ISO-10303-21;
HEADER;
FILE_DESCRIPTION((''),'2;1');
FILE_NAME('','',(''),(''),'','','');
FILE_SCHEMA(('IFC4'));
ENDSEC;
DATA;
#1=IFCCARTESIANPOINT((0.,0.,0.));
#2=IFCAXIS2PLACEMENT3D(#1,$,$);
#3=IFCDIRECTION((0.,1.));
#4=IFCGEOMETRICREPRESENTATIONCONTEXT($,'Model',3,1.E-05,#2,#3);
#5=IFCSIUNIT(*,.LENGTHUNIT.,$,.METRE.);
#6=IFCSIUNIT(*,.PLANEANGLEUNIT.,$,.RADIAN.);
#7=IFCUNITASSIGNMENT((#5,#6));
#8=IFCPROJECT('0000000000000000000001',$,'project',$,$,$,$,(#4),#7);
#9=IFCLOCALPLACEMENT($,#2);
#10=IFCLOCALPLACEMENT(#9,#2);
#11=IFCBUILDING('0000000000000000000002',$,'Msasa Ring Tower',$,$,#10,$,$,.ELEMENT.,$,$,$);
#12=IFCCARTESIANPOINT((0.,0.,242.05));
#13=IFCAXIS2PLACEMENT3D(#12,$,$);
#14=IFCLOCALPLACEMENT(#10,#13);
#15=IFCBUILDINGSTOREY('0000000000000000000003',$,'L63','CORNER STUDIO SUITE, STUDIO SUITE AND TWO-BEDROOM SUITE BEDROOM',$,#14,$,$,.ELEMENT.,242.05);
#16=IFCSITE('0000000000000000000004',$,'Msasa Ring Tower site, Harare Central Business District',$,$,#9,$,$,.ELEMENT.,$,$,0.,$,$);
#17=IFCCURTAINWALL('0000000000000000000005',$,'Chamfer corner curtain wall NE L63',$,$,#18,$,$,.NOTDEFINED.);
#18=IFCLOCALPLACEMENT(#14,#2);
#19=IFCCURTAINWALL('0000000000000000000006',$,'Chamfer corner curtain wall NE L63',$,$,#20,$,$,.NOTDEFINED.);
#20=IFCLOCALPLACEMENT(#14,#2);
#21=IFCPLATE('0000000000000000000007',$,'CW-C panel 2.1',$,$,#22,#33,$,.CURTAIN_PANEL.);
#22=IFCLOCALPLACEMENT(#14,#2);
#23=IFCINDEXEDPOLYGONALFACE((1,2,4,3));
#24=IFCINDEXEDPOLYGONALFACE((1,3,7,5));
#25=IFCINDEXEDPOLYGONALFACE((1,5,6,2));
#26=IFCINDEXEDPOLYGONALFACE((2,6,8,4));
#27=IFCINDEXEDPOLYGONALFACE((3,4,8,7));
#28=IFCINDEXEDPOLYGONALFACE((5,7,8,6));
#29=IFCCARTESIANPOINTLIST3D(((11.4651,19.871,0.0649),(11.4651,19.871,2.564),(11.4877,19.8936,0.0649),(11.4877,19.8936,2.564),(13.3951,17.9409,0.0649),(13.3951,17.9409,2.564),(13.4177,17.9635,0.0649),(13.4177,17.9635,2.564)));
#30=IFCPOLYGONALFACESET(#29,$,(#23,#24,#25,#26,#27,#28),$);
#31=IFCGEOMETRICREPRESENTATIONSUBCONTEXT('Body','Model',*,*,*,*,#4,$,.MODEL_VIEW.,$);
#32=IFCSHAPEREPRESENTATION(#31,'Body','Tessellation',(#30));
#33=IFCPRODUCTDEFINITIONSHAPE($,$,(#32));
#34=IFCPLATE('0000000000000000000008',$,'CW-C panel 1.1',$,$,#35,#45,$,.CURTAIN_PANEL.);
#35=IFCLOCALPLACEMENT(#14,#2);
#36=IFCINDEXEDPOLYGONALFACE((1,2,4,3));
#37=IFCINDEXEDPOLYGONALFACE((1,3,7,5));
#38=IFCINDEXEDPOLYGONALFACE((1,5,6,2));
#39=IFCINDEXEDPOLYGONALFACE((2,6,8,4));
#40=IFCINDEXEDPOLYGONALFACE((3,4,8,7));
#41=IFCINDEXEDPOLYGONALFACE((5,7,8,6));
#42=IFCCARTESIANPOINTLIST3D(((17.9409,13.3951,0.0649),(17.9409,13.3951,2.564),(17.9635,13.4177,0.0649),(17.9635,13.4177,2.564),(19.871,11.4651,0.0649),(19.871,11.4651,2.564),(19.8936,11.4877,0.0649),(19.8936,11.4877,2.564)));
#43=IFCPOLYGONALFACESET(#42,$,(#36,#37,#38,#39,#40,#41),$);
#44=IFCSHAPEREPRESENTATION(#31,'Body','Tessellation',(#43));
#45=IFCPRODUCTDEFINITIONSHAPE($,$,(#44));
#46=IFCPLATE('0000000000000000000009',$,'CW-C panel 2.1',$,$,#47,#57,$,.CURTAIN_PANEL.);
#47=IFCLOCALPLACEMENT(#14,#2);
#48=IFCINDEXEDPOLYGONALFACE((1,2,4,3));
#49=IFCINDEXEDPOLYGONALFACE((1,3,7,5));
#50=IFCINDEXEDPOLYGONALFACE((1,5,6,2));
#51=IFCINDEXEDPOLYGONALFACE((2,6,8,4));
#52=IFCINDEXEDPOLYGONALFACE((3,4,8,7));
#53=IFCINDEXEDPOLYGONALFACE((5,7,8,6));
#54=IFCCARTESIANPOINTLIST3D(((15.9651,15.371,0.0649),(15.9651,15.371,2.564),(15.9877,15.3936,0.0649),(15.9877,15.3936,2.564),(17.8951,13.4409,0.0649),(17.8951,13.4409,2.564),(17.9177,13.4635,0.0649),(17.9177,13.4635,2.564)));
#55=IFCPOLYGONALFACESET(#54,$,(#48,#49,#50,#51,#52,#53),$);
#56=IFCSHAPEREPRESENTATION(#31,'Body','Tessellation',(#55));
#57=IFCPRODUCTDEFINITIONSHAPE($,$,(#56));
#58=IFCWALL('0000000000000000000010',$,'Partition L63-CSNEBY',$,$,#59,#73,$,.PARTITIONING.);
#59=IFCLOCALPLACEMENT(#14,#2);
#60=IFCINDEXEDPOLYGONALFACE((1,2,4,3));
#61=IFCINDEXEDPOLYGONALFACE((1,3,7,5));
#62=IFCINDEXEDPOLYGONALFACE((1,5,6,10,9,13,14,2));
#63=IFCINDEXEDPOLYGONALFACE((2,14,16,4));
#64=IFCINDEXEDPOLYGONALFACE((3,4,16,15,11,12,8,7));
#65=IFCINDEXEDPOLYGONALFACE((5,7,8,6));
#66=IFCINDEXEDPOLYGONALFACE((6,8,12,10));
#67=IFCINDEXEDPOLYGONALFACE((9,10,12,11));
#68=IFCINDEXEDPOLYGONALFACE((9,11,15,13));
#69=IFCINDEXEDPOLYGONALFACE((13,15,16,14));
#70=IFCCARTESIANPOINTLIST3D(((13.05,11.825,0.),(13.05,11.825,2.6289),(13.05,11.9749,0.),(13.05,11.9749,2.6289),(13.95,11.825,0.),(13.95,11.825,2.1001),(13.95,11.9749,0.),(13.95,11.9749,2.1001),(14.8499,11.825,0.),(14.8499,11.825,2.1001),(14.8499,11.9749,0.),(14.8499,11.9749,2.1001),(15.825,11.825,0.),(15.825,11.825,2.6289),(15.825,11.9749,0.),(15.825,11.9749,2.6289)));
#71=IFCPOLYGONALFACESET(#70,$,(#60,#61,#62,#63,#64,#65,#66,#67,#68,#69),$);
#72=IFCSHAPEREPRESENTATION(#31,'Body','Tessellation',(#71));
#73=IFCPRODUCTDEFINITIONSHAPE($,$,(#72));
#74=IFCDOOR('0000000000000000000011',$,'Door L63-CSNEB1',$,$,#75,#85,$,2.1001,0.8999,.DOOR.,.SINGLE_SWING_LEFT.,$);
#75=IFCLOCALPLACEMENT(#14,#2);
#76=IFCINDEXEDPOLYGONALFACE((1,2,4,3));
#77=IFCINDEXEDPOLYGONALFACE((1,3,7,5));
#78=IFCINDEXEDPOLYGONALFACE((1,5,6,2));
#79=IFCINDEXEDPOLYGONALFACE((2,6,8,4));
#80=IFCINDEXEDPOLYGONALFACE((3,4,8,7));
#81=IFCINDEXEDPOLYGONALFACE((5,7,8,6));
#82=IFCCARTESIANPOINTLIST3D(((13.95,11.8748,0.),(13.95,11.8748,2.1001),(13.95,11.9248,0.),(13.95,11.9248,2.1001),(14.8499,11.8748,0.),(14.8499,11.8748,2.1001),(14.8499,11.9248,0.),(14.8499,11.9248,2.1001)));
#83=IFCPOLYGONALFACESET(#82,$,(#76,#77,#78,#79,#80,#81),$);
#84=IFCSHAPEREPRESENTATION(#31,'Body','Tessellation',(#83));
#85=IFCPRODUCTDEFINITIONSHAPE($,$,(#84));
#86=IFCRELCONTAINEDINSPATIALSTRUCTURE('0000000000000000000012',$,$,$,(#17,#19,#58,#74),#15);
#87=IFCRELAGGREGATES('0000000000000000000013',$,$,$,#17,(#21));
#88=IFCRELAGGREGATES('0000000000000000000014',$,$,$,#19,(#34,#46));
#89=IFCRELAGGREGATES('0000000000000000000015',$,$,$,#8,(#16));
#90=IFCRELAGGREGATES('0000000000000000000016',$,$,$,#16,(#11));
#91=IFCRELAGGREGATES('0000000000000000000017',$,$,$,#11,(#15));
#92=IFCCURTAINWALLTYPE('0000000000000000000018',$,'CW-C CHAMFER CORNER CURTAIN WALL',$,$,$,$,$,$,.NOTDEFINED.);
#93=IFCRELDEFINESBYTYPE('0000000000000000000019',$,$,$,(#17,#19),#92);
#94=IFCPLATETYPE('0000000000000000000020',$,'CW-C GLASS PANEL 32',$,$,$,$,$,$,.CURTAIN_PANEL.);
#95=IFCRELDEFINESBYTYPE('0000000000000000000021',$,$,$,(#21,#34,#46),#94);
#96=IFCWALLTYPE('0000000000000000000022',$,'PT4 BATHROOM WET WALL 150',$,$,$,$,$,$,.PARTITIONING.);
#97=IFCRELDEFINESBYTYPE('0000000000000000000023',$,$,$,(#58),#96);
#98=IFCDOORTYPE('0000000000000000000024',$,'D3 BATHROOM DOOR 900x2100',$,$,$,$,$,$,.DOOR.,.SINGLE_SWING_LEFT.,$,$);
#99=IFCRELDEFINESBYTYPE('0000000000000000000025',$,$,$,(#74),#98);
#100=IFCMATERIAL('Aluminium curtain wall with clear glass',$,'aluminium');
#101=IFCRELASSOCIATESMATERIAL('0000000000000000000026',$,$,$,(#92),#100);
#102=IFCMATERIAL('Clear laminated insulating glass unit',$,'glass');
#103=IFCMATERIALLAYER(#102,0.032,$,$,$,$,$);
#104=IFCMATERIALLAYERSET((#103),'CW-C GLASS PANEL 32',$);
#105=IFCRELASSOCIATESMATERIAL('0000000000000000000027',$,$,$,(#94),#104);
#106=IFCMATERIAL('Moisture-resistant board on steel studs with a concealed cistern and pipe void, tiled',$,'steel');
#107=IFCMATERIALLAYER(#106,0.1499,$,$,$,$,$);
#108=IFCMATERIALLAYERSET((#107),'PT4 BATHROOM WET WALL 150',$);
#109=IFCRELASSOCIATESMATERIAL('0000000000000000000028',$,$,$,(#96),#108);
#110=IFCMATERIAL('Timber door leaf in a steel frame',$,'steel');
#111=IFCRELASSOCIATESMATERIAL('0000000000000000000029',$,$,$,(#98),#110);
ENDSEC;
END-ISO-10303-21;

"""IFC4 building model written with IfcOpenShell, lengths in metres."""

from ifc_helpers import new_model, si_unit, direction, frame, frame_2d, origin, origin_2d, place, context, subcontext, project, spatial, rectangle, extrude, material, layer, layer_set, type_object, element, fill, aggregate, save


model = new_model("IFC4")

# Units and contexts
model_context = context("Model", 3, precision=1e-05, world=origin(), true_north=direction((0.0, 1.0)))
body_context = subcontext(model_context, "Body", "Model", "MODEL_VIEW")
ifc_project = project(units=[si_unit("LENGTHUNIT", "METRE"), si_unit("PLANEANGLEUNIT", "RADIAN")], contexts=[model_context])

# Site, building, storey
site_placement = place(None, origin())
site = spatial("IfcSite", under=ifc_project, at=site_placement, Name="Msasa Ring Tower site, Harare Central Business District", CompositionType="ELEMENT", RefElevation=0.0)
building_placement = place(site_placement, origin())
building = spatial("IfcBuilding", under=site, at=building_placement, Name="Msasa Ring Tower", CompositionType="ELEMENT")
storey_placement = place(building_placement, frame((0.0, 0.0, 242.05)))
storey = spatial("IfcBuildingStorey", under=building, at=storey_placement, Name="L63", Description="CORNER STUDIO SUITE, STUDIO SUITE AND TWO-BEDROOM SUITE BEDROOM", CompositionType="ELEMENT", Elevation=242.05)

# Curtain walls
ifc_material_1 = material(Name="Aluminium curtain wall with clear glass", Category="aluminium")
curtain_wall_type = type_object("IfcCurtainWallType", Name="CW-C CHAMFER CORNER CURTAIN WALL", PredefinedType="NOTDEFINED", material=ifc_material_1)
curtain_wall_1_placement = place(storey_placement, origin())
curtain_wall_1 = element("IfcCurtainWall", 1, at=curtain_wall_1_placement, inside=storey, type_object=curtain_wall_type, Name="Chamfer corner curtain wall NE L63", PredefinedType="NOTDEFINED")
curtain_wall_2_placement = place(storey_placement, origin())
curtain_wall_2 = element("IfcCurtainWall", 2, at=curtain_wall_2_placement, inside=storey, type_object=curtain_wall_type, Name="Chamfer corner curtain wall NE L63", PredefinedType="NOTDEFINED")

# Plates
ifc_material_2 = material(Name="Clear laminated insulating glass unit", Category="glass")
ifc_layer_1 = layer(ifc_material_2, 0.032)
ifc_layer_set_1 = layer_set([ifc_layer_1], Name="CW-C GLASS PANEL 32")
plate_type = type_object("IfcPlateType", Name="CW-C GLASS PANEL 32", PredefinedType="CURTAIN_PANEL", material=ifc_layer_set_1)
plate_1_placement = place(storey_placement, frame((12.4414, 18.9172, 0.0649), z_axis=(0.0, 0.0, 1.0), x_axis=(-0.707107, 0.707107, 0.0)))
plate_1 = element("IfcPlate", 3, at=plate_1_placement, type_object=plate_type, Name="CW-C panel 2.1", PredefinedType="CURTAIN_PANEL", context=body_context, shape_type="SweptSolid", body=[
    extrude(rectangle(XDim=2.7295, YDim=0.032, at=origin_2d()), origin(), (0.0, 0.0, 1.0), 2.499),
])
aggregate(curtain_wall_1, [plate_1])
plate_2_placement = place(storey_placement, frame((18.9172, 12.4414, 0.0649), z_axis=(0.0, 0.0, 1.0), x_axis=(-0.707107, 0.707107, 0.0)))
plate_2 = element("IfcPlate", 4, at=plate_2_placement, type_object=plate_type, Name="CW-C panel 1.1", PredefinedType="CURTAIN_PANEL", context=body_context, shape_type="SweptSolid", body=[
    extrude(rectangle(XDim=2.7295, YDim=0.032, at=origin_2d()), origin(), (0.0, 0.0, 1.0), 2.499),
])
plate_3_placement = place(storey_placement, frame((16.9414, 14.4172, 0.0649), z_axis=(0.0, 0.0, 1.0), x_axis=(-0.707107, 0.707107, 0.0)))
plate_3 = element("IfcPlate", 5, at=plate_3_placement, type_object=plate_type, Name="CW-C panel 2.1", PredefinedType="CURTAIN_PANEL", context=body_context, shape_type="SweptSolid", body=[
    extrude(rectangle(XDim=2.7295, YDim=0.032, at=origin_2d()), origin(), (0.0, 0.0, 1.0), 2.499),
])
aggregate(curtain_wall_2, [plate_2, plate_3])

# Wall, opening, door
ifc_material_3 = material(Name="Moisture-resistant board on steel studs with a concealed cistern and pipe void, tiled", Category="steel")
ifc_layer_2 = layer(ifc_material_3, 0.1499)
ifc_layer_set_2 = layer_set([ifc_layer_2], Name="PT4 BATHROOM WET WALL 150")
wall_type = type_object("IfcWallType", Name="PT4 BATHROOM WET WALL 150", PredefinedType="PARTITIONING", material=ifc_layer_set_2)
wall_placement = place(storey_placement, frame((13.05, 11.8999, 0.0), z_axis=(0.0, 0.0, 1.0), x_axis=(1.0, 0.0, 0.0)))
wall = element("IfcWall", 6, at=wall_placement, inside=storey, type_object=wall_type, Name="Partition L63-CSNEBY", PredefinedType="PARTITIONING", context=body_context, shape_type="SweptSolid", body=[
    extrude(rectangle(XDim=2.7749, YDim=0.1499, at=frame_2d((1.3875, 0.0))), origin(), (0.0, 0.0, 1.0), 2.6289),
])
opening_placement = place(wall_placement, frame((0.8999, 0.0, 0.0)))
opening = element("IfcOpeningElement", 7, at=opening_placement, cuts=wall, PredefinedType="OPENING", context=body_context, shape_type="SweptSolid", body=[
    extrude(rectangle(XDim=0.8999, YDim=2.1001, at=frame_2d((0.45, 1.05))), frame((0.0, 0.085, 0.0), z_axis=(0.0, -1.0, 0.0), x_axis=(1.0, 0.0, 0.0)), (0.0, 0.0, 1.0), 0.1699),
])
ifc_material_4 = material(Name="Timber door leaf in a steel frame", Category="steel")
door_type = type_object("IfcDoorType", Name="D3 BATHROOM DOOR 900x2100", OperationType="SINGLE_SWING_LEFT", PredefinedType="DOOR", material=ifc_material_4)
door_placement = place(opening_placement, origin())
door = element("IfcDoor", 8, at=door_placement, inside=storey, type_object=door_type, Name="Door L63-CSNEB1", OperationType="SINGLE_SWING_LEFT", OverallHeight=2.1001, OverallWidth=0.8999, PredefinedType="DOOR", context=body_context, shape_type="SweptSolid", body=[
    extrude(rectangle(XDim=0.8999, YDim=2.1001, at=frame_2d((0.45, 1.05))), frame((0.0, 0.0249, 0.0), z_axis=(0.0, -1.0, 0.0), x_axis=(1.0, 0.0, 0.0)), (0.0, 0.0, 1.0), 0.05),
])
fill(opening, door)

save(model, "model.ifc")
